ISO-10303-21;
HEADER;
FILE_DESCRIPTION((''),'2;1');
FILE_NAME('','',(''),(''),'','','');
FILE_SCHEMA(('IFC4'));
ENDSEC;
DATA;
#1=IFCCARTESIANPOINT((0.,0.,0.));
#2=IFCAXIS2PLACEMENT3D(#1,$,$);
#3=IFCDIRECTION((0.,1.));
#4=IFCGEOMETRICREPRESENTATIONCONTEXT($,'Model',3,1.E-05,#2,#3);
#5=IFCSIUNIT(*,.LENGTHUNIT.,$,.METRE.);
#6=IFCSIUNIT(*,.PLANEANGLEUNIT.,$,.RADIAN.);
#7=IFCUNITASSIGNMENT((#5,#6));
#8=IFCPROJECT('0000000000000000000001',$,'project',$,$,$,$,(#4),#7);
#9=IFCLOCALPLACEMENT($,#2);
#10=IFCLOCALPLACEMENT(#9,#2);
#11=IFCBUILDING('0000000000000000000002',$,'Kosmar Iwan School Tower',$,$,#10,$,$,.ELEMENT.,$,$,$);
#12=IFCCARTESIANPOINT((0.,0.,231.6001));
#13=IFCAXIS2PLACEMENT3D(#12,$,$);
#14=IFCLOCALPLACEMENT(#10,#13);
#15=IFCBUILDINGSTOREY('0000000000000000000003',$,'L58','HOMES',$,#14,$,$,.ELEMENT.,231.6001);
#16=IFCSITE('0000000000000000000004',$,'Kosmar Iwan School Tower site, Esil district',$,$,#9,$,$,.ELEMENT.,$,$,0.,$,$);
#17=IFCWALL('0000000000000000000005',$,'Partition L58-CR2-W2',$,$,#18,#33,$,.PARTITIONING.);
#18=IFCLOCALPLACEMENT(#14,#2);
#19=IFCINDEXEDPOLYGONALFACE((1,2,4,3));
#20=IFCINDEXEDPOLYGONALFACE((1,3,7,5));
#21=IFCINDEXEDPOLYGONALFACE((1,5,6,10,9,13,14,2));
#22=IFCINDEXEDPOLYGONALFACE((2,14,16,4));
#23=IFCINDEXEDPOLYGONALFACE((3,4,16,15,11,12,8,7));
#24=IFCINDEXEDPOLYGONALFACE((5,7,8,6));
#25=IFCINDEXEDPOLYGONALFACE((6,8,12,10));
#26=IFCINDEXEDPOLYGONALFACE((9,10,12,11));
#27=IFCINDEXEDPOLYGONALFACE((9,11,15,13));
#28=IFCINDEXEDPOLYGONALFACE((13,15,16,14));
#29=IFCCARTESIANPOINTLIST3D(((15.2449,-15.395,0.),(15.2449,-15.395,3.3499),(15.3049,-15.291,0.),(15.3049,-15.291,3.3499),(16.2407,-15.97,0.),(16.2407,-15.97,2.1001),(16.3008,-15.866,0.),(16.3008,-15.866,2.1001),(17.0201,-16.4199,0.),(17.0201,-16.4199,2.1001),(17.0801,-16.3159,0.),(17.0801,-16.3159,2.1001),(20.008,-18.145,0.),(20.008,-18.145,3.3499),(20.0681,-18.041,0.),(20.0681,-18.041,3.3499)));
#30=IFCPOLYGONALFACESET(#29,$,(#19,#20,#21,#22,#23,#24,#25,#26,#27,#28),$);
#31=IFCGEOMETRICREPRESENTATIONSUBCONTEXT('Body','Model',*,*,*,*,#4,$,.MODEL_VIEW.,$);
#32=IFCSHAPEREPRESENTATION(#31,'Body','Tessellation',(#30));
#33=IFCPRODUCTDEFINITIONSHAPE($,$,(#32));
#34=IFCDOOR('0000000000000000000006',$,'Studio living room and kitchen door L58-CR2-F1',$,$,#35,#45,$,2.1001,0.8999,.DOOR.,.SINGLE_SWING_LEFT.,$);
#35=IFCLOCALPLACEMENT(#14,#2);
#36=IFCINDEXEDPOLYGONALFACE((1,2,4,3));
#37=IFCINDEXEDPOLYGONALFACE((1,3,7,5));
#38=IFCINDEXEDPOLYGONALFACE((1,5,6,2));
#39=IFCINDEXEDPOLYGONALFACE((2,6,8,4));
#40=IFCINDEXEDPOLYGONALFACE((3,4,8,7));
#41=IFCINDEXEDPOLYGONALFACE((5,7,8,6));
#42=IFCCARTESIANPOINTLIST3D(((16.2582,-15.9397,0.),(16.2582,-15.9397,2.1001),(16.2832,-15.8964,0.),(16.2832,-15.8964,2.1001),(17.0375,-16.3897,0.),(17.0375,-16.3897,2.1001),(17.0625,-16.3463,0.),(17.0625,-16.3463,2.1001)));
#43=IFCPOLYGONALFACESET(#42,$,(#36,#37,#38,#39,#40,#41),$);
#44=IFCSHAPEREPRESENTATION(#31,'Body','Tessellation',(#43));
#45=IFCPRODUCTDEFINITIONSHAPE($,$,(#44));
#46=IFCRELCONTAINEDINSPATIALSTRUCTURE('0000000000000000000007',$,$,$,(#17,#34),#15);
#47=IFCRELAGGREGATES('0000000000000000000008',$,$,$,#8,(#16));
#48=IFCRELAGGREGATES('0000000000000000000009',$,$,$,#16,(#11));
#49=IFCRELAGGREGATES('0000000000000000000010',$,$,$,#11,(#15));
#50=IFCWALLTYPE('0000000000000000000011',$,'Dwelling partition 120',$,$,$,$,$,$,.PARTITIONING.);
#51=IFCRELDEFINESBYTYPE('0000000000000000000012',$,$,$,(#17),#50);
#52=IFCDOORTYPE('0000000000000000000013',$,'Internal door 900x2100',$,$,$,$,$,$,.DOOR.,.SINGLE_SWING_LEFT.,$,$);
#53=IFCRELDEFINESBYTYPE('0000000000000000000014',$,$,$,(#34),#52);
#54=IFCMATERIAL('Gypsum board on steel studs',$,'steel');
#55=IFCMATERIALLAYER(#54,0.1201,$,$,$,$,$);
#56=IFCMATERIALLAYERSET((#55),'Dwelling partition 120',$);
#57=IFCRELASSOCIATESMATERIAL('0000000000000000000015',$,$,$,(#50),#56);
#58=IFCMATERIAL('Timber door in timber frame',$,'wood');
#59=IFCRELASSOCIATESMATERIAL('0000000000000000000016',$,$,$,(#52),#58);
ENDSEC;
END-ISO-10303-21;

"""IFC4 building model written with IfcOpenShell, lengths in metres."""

from ifc_helpers import new_model, si_unit, direction, frame, frame_2d, origin, place, context, subcontext, project, spatial, rectangle, extrude, material, layer, layer_set, type_object, element, fill, save


model = new_model("IFC4")

# Units and contexts
model_context = context("Model", 3, precision=1e-05, world=origin(), true_north=direction((0.0, 1.0)))
body_context = subcontext(model_context, "Body", "Model", "MODEL_VIEW")
ifc_project = project(units=[si_unit("LENGTHUNIT", "METRE"), si_unit("PLANEANGLEUNIT", "RADIAN")], contexts=[model_context])

# Site, building, storey
site_placement = place(None, origin())
site = spatial("IfcSite", under=ifc_project, at=site_placement, Name="Kosmar Iwan School Tower site, Esil district", CompositionType="ELEMENT", RefElevation=0.0)
building_placement = place(site_placement, origin())
building = spatial("IfcBuilding", under=site, at=building_placement, Name="Kosmar Iwan School Tower", CompositionType="ELEMENT")
storey_placement = place(building_placement, frame((0.0, 0.0, 231.6001)))
storey = spatial("IfcBuildingStorey", under=building, at=storey_placement, Name="L58", Description="HOMES", CompositionType="ELEMENT", Elevation=231.6001)

# Shared definitions
ifc_material_1 = material(Name="Gypsum board on steel studs", Category="steel")
ifc_layer = layer(ifc_material_1, 0.1201)
ifc_layer_set = layer_set([ifc_layer], Name="Dwelling partition 120")
wall_type = type_object("IfcWallType", Name="Dwelling partition 120", PredefinedType="PARTITIONING", material=ifc_layer_set)
ifc_material_2 = material(Name="Timber door in timber frame", Category="wood")
door_type_1 = type_object("IfcDoorType", Name="Internal door 900x2100", OperationType="SINGLE_SWING_LEFT", PredefinedType="DOOR", material=ifc_material_2)

# Wall, opening, door
wall_1_placement = place(storey_placement, frame((15.2749, -15.343, 0.0), z_axis=(0.0, 0.0, 1.0), x_axis=(0.866027, -0.499997, 0.0)))
wall_1 = element("IfcWall", 1, at=wall_1_placement, inside=storey, type_object=wall_type, Name="Partition L58-CR2-W2", PredefinedType="PARTITIONING", context=body_context, shape_type="SweptSolid", body=[
    extrude(rectangle(XDim=5.5, YDim=0.1201, at=frame_2d((2.75, 0.0))), origin(), (0.0, 0.0, 1.0), 3.3499),
])
opening_1_placement = place(wall_1_placement, frame((1.1499, 0.0, 0.0)))
opening_1 = element("IfcOpeningElement", 2, at=opening_1_placement, cuts=wall_1, PredefinedType="OPENING", context=body_context, shape_type="SweptSolid", body=[
    extrude(rectangle(XDim=0.8999, YDim=2.1001, at=frame_2d((0.45, 1.05))), frame((0.0, 0.072, 0.0), z_axis=(0.0, -1.0, 0.0), x_axis=(1.0, 0.0, 0.0)), (0.0, 0.0, 1.0), 0.144),
])
door_1_placement = place(opening_1_placement, origin())
door_1 = element("IfcDoor", 3, at=door_1_placement, inside=storey, type_object=door_type_1, Name="Studio living room and kitchen door L58-CR2-F1", OperationType="SINGLE_SWING_LEFT", OverallHeight=2.1001, OverallWidth=0.8999, PredefinedType="DOOR", context=body_context, shape_type="SweptSolid", body=[
    extrude(rectangle(XDim=0.8999, YDim=2.1001, at=frame_2d((0.45, 1.05))), frame((0.0, 0.0249, 0.0), z_axis=(0.0, -1.0, 0.0), x_axis=(1.0, 0.0, 0.0)), (0.0, 0.0, 1.0), 0.05),
])
fill(opening_1, door_1)

save(model, "model.ifc")
